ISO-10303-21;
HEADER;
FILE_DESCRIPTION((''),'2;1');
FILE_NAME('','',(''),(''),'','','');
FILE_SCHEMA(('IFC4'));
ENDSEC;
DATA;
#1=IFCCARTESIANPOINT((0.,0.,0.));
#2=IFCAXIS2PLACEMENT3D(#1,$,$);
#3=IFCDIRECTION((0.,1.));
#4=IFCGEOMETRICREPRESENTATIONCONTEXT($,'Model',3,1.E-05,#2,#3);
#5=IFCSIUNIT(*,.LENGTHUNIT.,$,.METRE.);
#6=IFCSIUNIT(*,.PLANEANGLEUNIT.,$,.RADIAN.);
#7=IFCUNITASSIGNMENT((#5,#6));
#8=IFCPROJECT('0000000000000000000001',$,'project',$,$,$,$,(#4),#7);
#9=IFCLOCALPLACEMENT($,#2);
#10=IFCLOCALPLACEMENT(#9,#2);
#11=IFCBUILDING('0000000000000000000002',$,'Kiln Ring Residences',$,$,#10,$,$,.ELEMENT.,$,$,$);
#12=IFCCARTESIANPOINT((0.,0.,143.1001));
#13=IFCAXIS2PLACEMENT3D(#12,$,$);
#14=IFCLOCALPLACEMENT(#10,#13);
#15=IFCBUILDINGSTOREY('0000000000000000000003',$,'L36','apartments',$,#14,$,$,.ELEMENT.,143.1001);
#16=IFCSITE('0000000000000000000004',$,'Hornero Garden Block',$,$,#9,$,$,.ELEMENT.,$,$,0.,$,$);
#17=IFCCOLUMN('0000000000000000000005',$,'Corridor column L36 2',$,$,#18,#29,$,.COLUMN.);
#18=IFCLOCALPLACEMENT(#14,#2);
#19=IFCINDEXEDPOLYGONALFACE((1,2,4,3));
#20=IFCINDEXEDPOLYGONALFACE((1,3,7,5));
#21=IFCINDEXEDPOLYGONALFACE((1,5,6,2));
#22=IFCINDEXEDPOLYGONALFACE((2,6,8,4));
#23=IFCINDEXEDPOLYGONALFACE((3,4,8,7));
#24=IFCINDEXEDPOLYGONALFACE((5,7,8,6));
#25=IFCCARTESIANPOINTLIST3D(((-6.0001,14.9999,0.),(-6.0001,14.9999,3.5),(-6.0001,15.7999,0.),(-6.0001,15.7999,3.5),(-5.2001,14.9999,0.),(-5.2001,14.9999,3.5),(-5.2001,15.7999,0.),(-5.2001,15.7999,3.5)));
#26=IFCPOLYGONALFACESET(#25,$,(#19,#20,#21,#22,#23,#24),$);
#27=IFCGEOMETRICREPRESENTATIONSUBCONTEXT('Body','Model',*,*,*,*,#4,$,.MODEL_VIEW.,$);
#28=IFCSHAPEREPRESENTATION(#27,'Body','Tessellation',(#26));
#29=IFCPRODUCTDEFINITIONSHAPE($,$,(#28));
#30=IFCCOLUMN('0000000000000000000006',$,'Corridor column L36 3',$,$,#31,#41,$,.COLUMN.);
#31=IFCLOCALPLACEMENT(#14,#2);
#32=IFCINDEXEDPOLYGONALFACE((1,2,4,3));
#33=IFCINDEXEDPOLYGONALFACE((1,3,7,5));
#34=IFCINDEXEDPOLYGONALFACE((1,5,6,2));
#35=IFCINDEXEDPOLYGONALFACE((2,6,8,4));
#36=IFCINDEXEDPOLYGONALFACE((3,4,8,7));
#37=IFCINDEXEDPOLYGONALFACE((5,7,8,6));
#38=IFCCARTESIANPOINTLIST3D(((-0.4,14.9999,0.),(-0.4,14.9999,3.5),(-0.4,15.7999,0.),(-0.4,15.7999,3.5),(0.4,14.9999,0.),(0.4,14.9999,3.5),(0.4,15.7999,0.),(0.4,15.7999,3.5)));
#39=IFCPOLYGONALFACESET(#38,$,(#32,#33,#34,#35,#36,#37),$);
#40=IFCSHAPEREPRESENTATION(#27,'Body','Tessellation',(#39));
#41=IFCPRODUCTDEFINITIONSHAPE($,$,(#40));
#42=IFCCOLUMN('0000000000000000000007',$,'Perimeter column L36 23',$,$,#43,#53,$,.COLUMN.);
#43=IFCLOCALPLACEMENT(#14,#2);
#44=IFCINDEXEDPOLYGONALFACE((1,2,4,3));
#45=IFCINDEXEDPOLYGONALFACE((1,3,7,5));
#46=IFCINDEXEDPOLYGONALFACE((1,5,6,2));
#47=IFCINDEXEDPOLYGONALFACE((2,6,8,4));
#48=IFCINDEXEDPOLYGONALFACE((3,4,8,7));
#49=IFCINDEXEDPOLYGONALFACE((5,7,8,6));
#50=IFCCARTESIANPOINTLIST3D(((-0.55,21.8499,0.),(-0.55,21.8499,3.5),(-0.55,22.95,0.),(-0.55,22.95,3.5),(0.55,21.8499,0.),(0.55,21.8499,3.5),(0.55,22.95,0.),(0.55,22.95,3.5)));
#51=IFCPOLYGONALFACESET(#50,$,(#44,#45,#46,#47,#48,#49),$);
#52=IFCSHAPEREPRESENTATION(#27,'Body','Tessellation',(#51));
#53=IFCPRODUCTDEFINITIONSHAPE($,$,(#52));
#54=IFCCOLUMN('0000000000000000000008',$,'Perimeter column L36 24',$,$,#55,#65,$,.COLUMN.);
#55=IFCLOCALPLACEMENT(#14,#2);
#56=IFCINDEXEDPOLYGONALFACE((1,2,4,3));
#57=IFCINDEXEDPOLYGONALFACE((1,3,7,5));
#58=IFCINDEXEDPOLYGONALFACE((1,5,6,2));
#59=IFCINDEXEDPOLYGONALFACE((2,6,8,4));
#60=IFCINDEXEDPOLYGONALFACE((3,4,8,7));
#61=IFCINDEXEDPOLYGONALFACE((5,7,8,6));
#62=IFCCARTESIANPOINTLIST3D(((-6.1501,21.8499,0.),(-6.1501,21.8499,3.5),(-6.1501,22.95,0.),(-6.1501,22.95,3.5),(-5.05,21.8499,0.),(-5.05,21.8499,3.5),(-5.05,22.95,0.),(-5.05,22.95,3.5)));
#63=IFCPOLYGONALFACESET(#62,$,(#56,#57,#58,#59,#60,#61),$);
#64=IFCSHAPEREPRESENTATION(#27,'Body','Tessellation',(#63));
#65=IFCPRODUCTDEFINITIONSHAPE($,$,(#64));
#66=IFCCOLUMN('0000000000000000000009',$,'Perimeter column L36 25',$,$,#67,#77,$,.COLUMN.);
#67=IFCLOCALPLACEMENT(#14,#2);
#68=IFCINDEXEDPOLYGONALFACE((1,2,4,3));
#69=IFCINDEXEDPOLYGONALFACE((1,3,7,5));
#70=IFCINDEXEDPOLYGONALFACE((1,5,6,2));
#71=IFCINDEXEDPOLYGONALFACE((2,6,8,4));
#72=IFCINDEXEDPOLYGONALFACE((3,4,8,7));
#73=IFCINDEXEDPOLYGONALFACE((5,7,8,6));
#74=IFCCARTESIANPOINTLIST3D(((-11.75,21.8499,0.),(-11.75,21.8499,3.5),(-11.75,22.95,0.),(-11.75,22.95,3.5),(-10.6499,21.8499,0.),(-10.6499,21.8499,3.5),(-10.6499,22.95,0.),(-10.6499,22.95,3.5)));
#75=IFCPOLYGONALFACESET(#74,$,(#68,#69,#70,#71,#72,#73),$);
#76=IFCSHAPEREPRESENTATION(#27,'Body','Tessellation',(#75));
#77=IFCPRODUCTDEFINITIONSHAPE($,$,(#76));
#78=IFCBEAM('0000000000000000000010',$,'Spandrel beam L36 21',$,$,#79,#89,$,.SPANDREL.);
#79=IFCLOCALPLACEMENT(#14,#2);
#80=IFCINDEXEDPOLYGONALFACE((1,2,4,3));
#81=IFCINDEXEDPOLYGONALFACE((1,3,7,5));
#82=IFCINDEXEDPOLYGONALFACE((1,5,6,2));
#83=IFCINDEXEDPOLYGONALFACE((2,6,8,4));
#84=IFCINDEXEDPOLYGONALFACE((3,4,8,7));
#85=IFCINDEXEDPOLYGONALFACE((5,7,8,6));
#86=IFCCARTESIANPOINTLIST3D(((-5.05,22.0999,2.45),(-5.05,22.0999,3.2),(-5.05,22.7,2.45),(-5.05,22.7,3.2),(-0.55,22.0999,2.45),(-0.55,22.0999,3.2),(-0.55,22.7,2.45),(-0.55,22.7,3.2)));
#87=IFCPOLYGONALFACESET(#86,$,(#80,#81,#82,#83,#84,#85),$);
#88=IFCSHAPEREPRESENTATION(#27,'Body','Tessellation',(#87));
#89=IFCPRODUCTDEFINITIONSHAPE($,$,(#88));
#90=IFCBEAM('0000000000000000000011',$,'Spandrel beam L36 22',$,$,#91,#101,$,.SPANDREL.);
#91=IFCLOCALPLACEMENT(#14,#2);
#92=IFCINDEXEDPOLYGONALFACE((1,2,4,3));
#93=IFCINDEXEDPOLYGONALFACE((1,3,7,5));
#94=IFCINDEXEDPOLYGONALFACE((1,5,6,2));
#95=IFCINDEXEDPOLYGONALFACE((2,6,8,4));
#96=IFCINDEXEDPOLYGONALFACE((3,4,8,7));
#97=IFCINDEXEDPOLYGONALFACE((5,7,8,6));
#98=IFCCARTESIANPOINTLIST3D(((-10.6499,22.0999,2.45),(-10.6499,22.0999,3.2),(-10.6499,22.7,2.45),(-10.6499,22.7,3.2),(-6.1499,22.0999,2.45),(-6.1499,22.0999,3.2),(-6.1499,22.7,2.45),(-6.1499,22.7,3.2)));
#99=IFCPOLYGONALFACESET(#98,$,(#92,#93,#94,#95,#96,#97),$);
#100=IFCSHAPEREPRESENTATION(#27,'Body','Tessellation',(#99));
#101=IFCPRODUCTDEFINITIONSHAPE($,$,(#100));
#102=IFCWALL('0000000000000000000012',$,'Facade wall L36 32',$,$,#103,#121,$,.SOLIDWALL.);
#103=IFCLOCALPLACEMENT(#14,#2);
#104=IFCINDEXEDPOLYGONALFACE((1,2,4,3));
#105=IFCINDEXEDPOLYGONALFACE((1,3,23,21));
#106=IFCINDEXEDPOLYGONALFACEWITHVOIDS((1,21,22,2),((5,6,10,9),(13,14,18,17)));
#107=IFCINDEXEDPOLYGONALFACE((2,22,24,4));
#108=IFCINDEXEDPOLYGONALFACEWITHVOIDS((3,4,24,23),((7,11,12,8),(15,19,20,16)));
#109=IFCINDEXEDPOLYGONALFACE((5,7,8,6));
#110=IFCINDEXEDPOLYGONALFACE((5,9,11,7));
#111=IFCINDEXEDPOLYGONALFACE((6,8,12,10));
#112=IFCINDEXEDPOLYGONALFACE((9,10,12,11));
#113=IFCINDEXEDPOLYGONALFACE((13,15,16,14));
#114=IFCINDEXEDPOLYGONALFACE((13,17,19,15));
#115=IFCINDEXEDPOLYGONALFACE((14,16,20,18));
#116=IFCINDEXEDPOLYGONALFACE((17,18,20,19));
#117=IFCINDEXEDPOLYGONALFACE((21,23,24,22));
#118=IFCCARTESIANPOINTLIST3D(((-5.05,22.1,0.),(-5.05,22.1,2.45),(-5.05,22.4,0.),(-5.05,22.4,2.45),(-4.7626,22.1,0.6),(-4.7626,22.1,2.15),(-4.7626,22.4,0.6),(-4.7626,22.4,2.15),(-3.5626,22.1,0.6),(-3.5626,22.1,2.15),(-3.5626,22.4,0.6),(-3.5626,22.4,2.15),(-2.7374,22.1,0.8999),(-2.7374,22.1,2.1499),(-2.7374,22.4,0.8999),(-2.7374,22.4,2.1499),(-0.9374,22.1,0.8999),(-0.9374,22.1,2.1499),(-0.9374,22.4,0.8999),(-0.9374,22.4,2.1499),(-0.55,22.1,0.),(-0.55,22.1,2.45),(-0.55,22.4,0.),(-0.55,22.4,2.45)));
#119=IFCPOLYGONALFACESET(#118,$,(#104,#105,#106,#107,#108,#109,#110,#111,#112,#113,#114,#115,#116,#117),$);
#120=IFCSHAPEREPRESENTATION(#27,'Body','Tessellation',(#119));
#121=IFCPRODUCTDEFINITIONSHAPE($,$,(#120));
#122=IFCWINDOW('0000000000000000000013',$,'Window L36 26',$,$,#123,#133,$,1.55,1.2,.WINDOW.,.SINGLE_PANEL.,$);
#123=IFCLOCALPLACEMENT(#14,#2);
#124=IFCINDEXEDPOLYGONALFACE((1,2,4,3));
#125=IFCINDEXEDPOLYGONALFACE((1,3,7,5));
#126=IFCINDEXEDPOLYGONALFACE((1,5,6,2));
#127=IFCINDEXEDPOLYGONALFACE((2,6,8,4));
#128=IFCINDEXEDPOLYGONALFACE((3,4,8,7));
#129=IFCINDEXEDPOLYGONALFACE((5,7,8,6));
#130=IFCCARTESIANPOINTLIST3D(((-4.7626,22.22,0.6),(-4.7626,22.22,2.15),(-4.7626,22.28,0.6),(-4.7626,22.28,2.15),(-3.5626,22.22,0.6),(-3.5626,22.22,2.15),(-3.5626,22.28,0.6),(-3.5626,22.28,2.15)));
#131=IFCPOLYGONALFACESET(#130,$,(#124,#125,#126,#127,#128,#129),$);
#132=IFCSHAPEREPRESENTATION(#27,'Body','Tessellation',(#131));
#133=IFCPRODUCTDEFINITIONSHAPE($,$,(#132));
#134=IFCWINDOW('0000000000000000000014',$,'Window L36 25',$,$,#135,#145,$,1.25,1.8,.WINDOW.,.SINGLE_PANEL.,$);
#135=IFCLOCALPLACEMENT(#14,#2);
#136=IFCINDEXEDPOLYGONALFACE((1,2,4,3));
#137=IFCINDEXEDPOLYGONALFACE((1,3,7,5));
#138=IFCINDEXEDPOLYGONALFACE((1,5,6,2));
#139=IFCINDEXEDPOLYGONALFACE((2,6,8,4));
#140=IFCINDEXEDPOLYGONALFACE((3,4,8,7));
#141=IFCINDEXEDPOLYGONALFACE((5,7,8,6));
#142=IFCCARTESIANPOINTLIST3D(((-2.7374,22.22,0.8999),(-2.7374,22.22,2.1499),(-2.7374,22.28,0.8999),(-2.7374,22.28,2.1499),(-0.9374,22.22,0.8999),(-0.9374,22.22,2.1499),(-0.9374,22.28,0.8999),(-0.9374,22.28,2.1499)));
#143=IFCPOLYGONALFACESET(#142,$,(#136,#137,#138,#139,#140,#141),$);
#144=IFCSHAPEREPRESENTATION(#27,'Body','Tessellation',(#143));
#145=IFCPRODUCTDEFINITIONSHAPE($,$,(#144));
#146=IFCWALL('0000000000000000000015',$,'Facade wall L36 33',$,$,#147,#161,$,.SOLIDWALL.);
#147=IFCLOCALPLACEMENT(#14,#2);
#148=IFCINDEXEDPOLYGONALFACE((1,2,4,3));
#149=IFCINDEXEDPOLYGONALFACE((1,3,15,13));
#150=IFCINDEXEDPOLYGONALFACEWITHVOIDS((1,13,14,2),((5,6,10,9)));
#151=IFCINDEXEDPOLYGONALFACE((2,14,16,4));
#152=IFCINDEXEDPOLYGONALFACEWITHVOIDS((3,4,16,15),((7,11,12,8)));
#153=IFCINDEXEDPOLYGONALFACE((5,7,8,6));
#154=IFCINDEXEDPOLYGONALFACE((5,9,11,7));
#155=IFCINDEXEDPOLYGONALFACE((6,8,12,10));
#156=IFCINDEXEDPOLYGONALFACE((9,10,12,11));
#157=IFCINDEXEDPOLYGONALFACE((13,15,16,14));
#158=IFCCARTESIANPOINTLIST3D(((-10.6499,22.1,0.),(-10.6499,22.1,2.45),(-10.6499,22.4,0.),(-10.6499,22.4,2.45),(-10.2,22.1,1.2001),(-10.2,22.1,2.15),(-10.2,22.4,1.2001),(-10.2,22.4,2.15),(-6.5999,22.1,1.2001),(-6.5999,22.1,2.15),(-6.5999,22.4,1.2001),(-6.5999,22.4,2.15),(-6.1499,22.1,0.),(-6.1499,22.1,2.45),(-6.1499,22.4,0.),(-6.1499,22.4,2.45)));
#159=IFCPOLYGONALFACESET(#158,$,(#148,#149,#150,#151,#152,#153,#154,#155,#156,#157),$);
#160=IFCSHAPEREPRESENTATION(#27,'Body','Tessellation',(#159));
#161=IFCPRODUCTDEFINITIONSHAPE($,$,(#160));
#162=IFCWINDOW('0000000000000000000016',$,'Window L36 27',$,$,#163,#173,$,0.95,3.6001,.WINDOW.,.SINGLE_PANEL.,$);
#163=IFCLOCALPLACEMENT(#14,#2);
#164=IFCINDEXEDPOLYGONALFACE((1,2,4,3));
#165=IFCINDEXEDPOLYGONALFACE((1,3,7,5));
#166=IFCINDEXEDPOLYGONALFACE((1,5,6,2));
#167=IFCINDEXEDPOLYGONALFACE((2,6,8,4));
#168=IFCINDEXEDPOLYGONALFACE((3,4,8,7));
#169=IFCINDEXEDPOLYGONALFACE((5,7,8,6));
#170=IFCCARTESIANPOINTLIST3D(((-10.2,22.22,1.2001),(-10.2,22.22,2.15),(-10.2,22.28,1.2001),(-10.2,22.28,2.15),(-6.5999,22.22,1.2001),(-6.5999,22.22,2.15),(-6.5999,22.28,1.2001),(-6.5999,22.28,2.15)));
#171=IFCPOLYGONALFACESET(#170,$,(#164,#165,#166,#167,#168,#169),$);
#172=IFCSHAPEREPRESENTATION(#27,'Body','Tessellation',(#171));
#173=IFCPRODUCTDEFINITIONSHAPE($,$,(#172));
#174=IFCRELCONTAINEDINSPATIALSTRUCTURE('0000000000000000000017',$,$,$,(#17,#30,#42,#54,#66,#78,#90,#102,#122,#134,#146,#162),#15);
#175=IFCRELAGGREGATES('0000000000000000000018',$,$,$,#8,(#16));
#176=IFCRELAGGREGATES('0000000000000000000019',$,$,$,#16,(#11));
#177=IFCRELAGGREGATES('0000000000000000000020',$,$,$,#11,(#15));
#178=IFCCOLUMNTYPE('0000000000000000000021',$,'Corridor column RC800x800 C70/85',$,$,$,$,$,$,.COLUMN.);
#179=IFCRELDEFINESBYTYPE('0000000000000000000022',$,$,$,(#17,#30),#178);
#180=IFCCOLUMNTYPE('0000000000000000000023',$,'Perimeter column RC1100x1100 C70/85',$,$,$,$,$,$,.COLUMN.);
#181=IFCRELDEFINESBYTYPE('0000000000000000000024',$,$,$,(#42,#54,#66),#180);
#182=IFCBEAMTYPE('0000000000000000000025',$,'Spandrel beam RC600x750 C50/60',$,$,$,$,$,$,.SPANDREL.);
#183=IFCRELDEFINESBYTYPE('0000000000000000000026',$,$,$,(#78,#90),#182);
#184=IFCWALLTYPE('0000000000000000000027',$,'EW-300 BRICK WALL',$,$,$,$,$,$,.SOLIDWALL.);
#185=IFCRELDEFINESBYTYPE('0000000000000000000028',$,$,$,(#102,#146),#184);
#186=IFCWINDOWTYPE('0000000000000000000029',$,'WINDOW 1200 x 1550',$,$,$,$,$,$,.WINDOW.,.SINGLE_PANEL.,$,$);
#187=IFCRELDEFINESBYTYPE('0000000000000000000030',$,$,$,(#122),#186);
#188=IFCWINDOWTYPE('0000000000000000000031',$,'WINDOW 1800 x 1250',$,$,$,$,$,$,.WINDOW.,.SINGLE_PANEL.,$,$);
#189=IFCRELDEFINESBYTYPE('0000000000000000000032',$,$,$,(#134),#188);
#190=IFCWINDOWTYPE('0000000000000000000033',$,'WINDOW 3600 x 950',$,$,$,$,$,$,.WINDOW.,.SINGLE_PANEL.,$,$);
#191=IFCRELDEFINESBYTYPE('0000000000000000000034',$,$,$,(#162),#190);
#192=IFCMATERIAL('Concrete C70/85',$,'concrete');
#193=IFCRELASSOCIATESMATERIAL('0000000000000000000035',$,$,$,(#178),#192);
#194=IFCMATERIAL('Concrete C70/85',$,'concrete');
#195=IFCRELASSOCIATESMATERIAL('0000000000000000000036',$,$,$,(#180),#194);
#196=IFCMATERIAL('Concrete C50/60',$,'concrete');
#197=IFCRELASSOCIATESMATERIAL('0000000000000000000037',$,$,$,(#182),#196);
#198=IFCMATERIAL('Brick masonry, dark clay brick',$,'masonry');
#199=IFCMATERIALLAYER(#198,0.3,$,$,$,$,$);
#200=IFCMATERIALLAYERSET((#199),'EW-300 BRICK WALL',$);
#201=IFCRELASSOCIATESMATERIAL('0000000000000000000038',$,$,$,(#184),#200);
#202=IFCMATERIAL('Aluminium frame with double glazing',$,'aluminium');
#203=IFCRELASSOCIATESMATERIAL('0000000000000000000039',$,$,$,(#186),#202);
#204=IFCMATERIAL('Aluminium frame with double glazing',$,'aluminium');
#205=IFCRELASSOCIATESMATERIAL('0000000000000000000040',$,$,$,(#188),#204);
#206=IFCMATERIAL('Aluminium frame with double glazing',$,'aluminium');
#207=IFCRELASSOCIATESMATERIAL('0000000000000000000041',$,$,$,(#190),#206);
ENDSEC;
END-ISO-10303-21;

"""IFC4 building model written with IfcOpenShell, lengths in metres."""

from ifc_helpers import new_model, si_unit, direction, frame, frame_2d, origin, origin_2d, place, context, subcontext, project, spatial, rectangle, extrude, material, layer, layer_set, material_profile, profile_set, type_object, element, fill, save


model = new_model("IFC4")

# Units and contexts
model_context = context("Model", 3, precision=1e-05, world=origin(), true_north=direction((0.0, 1.0)))
body_context = subcontext(model_context, "Body", "Model", "MODEL_VIEW")
ifc_project = project(units=[si_unit("LENGTHUNIT", "METRE"), si_unit("PLANEANGLEUNIT", "RADIAN")], contexts=[model_context])

# Site, building, storey
site_placement = place(None, origin())
site = spatial("IfcSite", under=ifc_project, at=site_placement, Name="Hornero Garden Block", CompositionType="ELEMENT", RefElevation=0.0)
building_placement = place(site_placement, origin())
building = spatial("IfcBuilding", under=site, at=building_placement, Name="Kiln Ring Residences", CompositionType="ELEMENT")
storey_placement = place(building_placement, frame((0.0, 0.0, 143.1001)))
storey = spatial("IfcBuildingStorey", under=building, at=storey_placement, Name="L36", Description="apartments", CompositionType="ELEMENT", Elevation=143.1001)

# Columns
ifc_material_1 = material(Name="Concrete C70/85", Category="concrete")
ifc_material_profile_1 = material_profile(ifc_material_1, rectangle(XDim=0.8, YDim=0.8, at=origin_2d()), Name="RC800x800")
ifc_profile_set_1 = profile_set([ifc_material_profile_1], Name="Concrete C70/85")
column_type_1 = type_object("IfcColumnType", Name="Corridor column RC800x800 C70/85", PredefinedType="COLUMN", material=ifc_profile_set_1)
for number, where, z_axis, x_axis, name in (
    (1, (-5.6001, 15.3999, 0.0), (0.0, 0.0, 1.0), (1.0, 0.0, 0.0), "Corridor column L36 2"),
    (2, (0.0, 15.3999, 0.0), (0.0, 0.0, 1.0), (1.0, 0.0, 0.0), "Corridor column L36 3"),
):
    element("IfcColumn", number, at=place(storey_placement, frame(where, z_axis=z_axis, x_axis=x_axis)), inside=storey, type_object=column_type_1, Name=name, PredefinedType="COLUMN", context=body_context, shape_type="SweptSolid", body=[
        extrude(rectangle(XDim=0.8, YDim=0.8, at=origin_2d()), origin(), (0.0, 0.0, 1.0), 3.5),
    ])
ifc_material_2 = material(Name="Concrete C70/85", Category="concrete")
ifc_material_profile_2 = material_profile(ifc_material_2, rectangle(XDim=1.1001, YDim=1.1001, at=origin_2d()), Name="RC1100x1100")
ifc_profile_set_2 = profile_set([ifc_material_profile_2], Name="Concrete C70/85")
column_type_2 = type_object("IfcColumnType", Name="Perimeter column RC1100x1100 C70/85", PredefinedType="COLUMN", material=ifc_profile_set_2)
for number, where, z_axis, x_axis, name in (
    (3, (0.0, 22.3999, 0.0), (0.0, 0.0, 1.0), (1.0, 0.0, 0.0), "Perimeter column L36 23"),
    (4, (-5.6001, 22.3999, 0.0), (0.0, 0.0, 1.0), (1.0, 0.0, 0.0), "Perimeter column L36 24"),
    (5, (-11.2, 22.3999, 0.0), (0.0, 0.0, 1.0), (1.0, 0.0, 0.0), "Perimeter column L36 25"),
):
    element("IfcColumn", number, at=place(storey_placement, frame(where, z_axis=z_axis, x_axis=x_axis)), inside=storey, type_object=column_type_2, Name=name, PredefinedType="COLUMN", context=body_context, shape_type="SweptSolid", body=[
        extrude(rectangle(XDim=1.1001, YDim=1.1001, at=origin_2d()), origin(), (0.0, 0.0, 1.0), 3.5),
    ])

# Beams
ifc_material_3 = material(Name="Concrete C50/60", Category="concrete")
ifc_material_profile_3 = material_profile(ifc_material_3, rectangle(XDim=0.6001, YDim=0.75, at=origin_2d()), Name="RC600x750")
ifc_profile_set_3 = profile_set([ifc_material_profile_3], Name="Concrete C50/60")
beam_type = type_object("IfcBeamType", Name="Spandrel beam RC600x750 C50/60", PredefinedType="SPANDREL", material=ifc_profile_set_3)
for number, where, z_axis, x_axis, name in (
    (6, (-0.55, 22.3999, 2.825), (-1.0, 0.0, 0.0), (0.0, -1.0, 0.0), "Spandrel beam L36 21"),
    (7, (-6.1499, 22.3999, 2.825), (-1.0, 0.0, 0.0), (0.0, -1.0, 0.0), "Spandrel beam L36 22"),
):
    element("IfcBeam", number, at=place(storey_placement, frame(where, z_axis=z_axis, x_axis=x_axis)), inside=storey, type_object=beam_type, Name=name, PredefinedType="SPANDREL", context=body_context, shape_type="SweptSolid", body=[
        extrude(rectangle(XDim=0.6001, YDim=0.75, at=origin_2d()), origin(), (0.0, 0.0, 1.0), 4.5),
    ])

# Wall, openings, windows
ifc_material_4 = material(Name="Brick masonry, dark clay brick", Category="masonry")
ifc_layer_1 = layer(ifc_material_4, 0.3)
ifc_layer_set_1 = layer_set([ifc_layer_1], Name="EW-300 BRICK WALL")
wall_type_1 = type_object("IfcWallType", Name="EW-300 BRICK WALL", PredefinedType="SOLIDWALL", material=ifc_layer_set_1)
wall_1_placement = place(storey_placement, frame((-0.55, 22.25, 0.0), z_axis=(0.0, 0.0, 1.0), x_axis=(-1.0, 0.0, 0.0)))
wall_1 = element("IfcWall", 8, at=wall_1_placement, inside=storey, type_object=wall_type_1, Name="Facade wall L36 32", PredefinedType="SOLIDWALL", context=body_context, shape_type="SweptSolid", body=[
    extrude(rectangle(XDim=4.5, YDim=0.3, at=frame_2d((2.25, 0.0))), origin(), (0.0, 0.0, 1.0), 2.45),
])
opening_1_placement = place(wall_1_placement, frame((0.3875, 0.0, 0.8999)))
opening_1 = element("IfcOpeningElement", 9, at=opening_1_placement, cuts=wall_1, PredefinedType="OPENING", context=body_context, shape_type="SweptSolid", body=[
    extrude(rectangle(XDim=1.8, YDim=1.25, at=frame_2d((0.8999, 0.625))), frame((0.0, 0.1599, 0.0), z_axis=(0.0, -1.0, 0.0), x_axis=(1.0, 0.0, 0.0)), (0.0, 0.0, 1.0), 0.3201),
])
opening_2_placement = place(wall_1_placement, frame((3.0125, 0.0, 0.6001)))
opening_2 = element("IfcOpeningElement", 10, at=opening_2_placement, cuts=wall_1, PredefinedType="OPENING", context=body_context, shape_type="SweptSolid", body=[
    extrude(rectangle(XDim=1.2, YDim=1.55, at=frame_2d((0.6001, 0.7749))), frame((0.0, 0.1599, 0.0), z_axis=(0.0, -1.0, 0.0), x_axis=(1.0, 0.0, 0.0)), (0.0, 0.0, 1.0), 0.3201),
])
ifc_material_5 = material(Name="Aluminium frame with double glazing", Category="aluminium")
window_type_1 = type_object("IfcWindowType", Name="WINDOW 1200 x 1550", PartitioningType="SINGLE_PANEL", PredefinedType="WINDOW", material=ifc_material_5)
window_1_placement = place(opening_2_placement, origin())
window_1 = element("IfcWindow", 11, at=window_1_placement, inside=storey, type_object=window_type_1, Name="Window L36 26", OverallHeight=1.55, OverallWidth=1.2, PartitioningType="SINGLE_PANEL", PredefinedType="WINDOW", context=body_context, shape_type="SweptSolid", body=[
    extrude(rectangle(XDim=1.2, YDim=1.55, at=frame_2d((0.6001, 0.7749))), frame((0.0, 0.03, 0.0), z_axis=(0.0, -1.0, 0.0), x_axis=(1.0, 0.0, 0.0)), (0.0, 0.0, 1.0), 0.0601),
])
fill(opening_2, window_1)
ifc_material_6 = material(Name="Aluminium frame with double glazing", Category="aluminium")
window_type_2 = type_object("IfcWindowType", Name="WINDOW 1800 x 1250", PartitioningType="SINGLE_PANEL", PredefinedType="WINDOW", material=ifc_material_6)
window_2_placement = place(opening_1_placement, origin())
window_2 = element("IfcWindow", 12, at=window_2_placement, inside=storey, type_object=window_type_2, Name="Window L36 25", OverallHeight=1.25, OverallWidth=1.8, PartitioningType="SINGLE_PANEL", PredefinedType="WINDOW", context=body_context, shape_type="SweptSolid", body=[
    extrude(rectangle(XDim=1.8, YDim=1.25, at=frame_2d((0.8999, 0.625))), frame((0.0, 0.03, 0.0), z_axis=(0.0, -1.0, 0.0), x_axis=(1.0, 0.0, 0.0)), (0.0, 0.0, 1.0), 0.0601),
])
fill(opening_1, window_2)

# Wall, opening, window
wall_2_placement = place(storey_placement, frame((-6.1499, 22.25, 0.0), z_axis=(0.0, 0.0, 1.0), x_axis=(-1.0, 0.0, 0.0)))
wall_2 = element("IfcWall", 13, at=wall_2_placement, inside=storey, type_object=wall_type_1, Name="Facade wall L36 33", PredefinedType="SOLIDWALL", context=body_context, shape_type="SweptSolid", body=[
    extrude(rectangle(XDim=4.5, YDim=0.3, at=frame_2d((2.25, 0.0))), origin(), (0.0, 0.0, 1.0), 2.45),
])
opening_3_placement = place(wall_2_placement, frame((0.45, 0.0, 1.2)))
opening_3 = element("IfcOpeningElement", 14, at=opening_3_placement, cuts=wall_2, PredefinedType="OPENING", context=body_context, shape_type="SweptSolid", body=[
    extrude(rectangle(XDim=3.6001, YDim=0.95, at=frame_2d((1.8, 0.4751))), frame((0.0, 0.1599, 0.0), z_axis=(0.0, -1.0, 0.0), x_axis=(1.0, 0.0, 0.0)), (0.0, 0.0, 1.0), 0.3201),
])
ifc_material_7 = material(Name="Aluminium frame with double glazing", Category="aluminium")
window_type_3 = type_object("IfcWindowType", Name="WINDOW 3600 x 950", PartitioningType="SINGLE_PANEL", PredefinedType="WINDOW", material=ifc_material_7)
window_3_placement = place(opening_3_placement, origin())
window_3 = element("IfcWindow", 15, at=window_3_placement, inside=storey, type_object=window_type_3, Name="Window L36 27", OverallHeight=0.95, OverallWidth=3.6001, PartitioningType="SINGLE_PANEL", PredefinedType="WINDOW", context=body_context, shape_type="SweptSolid", body=[
    extrude(rectangle(XDim=3.6001, YDim=0.95, at=frame_2d((1.8, 0.4751))), frame((0.0, 0.03, 0.0), z_axis=(0.0, -1.0, 0.0), x_axis=(1.0, 0.0, 0.0)), (0.0, 0.0, 1.0), 0.0601),
])
fill(opening_3, window_3)

save(model, "model.ifc")
